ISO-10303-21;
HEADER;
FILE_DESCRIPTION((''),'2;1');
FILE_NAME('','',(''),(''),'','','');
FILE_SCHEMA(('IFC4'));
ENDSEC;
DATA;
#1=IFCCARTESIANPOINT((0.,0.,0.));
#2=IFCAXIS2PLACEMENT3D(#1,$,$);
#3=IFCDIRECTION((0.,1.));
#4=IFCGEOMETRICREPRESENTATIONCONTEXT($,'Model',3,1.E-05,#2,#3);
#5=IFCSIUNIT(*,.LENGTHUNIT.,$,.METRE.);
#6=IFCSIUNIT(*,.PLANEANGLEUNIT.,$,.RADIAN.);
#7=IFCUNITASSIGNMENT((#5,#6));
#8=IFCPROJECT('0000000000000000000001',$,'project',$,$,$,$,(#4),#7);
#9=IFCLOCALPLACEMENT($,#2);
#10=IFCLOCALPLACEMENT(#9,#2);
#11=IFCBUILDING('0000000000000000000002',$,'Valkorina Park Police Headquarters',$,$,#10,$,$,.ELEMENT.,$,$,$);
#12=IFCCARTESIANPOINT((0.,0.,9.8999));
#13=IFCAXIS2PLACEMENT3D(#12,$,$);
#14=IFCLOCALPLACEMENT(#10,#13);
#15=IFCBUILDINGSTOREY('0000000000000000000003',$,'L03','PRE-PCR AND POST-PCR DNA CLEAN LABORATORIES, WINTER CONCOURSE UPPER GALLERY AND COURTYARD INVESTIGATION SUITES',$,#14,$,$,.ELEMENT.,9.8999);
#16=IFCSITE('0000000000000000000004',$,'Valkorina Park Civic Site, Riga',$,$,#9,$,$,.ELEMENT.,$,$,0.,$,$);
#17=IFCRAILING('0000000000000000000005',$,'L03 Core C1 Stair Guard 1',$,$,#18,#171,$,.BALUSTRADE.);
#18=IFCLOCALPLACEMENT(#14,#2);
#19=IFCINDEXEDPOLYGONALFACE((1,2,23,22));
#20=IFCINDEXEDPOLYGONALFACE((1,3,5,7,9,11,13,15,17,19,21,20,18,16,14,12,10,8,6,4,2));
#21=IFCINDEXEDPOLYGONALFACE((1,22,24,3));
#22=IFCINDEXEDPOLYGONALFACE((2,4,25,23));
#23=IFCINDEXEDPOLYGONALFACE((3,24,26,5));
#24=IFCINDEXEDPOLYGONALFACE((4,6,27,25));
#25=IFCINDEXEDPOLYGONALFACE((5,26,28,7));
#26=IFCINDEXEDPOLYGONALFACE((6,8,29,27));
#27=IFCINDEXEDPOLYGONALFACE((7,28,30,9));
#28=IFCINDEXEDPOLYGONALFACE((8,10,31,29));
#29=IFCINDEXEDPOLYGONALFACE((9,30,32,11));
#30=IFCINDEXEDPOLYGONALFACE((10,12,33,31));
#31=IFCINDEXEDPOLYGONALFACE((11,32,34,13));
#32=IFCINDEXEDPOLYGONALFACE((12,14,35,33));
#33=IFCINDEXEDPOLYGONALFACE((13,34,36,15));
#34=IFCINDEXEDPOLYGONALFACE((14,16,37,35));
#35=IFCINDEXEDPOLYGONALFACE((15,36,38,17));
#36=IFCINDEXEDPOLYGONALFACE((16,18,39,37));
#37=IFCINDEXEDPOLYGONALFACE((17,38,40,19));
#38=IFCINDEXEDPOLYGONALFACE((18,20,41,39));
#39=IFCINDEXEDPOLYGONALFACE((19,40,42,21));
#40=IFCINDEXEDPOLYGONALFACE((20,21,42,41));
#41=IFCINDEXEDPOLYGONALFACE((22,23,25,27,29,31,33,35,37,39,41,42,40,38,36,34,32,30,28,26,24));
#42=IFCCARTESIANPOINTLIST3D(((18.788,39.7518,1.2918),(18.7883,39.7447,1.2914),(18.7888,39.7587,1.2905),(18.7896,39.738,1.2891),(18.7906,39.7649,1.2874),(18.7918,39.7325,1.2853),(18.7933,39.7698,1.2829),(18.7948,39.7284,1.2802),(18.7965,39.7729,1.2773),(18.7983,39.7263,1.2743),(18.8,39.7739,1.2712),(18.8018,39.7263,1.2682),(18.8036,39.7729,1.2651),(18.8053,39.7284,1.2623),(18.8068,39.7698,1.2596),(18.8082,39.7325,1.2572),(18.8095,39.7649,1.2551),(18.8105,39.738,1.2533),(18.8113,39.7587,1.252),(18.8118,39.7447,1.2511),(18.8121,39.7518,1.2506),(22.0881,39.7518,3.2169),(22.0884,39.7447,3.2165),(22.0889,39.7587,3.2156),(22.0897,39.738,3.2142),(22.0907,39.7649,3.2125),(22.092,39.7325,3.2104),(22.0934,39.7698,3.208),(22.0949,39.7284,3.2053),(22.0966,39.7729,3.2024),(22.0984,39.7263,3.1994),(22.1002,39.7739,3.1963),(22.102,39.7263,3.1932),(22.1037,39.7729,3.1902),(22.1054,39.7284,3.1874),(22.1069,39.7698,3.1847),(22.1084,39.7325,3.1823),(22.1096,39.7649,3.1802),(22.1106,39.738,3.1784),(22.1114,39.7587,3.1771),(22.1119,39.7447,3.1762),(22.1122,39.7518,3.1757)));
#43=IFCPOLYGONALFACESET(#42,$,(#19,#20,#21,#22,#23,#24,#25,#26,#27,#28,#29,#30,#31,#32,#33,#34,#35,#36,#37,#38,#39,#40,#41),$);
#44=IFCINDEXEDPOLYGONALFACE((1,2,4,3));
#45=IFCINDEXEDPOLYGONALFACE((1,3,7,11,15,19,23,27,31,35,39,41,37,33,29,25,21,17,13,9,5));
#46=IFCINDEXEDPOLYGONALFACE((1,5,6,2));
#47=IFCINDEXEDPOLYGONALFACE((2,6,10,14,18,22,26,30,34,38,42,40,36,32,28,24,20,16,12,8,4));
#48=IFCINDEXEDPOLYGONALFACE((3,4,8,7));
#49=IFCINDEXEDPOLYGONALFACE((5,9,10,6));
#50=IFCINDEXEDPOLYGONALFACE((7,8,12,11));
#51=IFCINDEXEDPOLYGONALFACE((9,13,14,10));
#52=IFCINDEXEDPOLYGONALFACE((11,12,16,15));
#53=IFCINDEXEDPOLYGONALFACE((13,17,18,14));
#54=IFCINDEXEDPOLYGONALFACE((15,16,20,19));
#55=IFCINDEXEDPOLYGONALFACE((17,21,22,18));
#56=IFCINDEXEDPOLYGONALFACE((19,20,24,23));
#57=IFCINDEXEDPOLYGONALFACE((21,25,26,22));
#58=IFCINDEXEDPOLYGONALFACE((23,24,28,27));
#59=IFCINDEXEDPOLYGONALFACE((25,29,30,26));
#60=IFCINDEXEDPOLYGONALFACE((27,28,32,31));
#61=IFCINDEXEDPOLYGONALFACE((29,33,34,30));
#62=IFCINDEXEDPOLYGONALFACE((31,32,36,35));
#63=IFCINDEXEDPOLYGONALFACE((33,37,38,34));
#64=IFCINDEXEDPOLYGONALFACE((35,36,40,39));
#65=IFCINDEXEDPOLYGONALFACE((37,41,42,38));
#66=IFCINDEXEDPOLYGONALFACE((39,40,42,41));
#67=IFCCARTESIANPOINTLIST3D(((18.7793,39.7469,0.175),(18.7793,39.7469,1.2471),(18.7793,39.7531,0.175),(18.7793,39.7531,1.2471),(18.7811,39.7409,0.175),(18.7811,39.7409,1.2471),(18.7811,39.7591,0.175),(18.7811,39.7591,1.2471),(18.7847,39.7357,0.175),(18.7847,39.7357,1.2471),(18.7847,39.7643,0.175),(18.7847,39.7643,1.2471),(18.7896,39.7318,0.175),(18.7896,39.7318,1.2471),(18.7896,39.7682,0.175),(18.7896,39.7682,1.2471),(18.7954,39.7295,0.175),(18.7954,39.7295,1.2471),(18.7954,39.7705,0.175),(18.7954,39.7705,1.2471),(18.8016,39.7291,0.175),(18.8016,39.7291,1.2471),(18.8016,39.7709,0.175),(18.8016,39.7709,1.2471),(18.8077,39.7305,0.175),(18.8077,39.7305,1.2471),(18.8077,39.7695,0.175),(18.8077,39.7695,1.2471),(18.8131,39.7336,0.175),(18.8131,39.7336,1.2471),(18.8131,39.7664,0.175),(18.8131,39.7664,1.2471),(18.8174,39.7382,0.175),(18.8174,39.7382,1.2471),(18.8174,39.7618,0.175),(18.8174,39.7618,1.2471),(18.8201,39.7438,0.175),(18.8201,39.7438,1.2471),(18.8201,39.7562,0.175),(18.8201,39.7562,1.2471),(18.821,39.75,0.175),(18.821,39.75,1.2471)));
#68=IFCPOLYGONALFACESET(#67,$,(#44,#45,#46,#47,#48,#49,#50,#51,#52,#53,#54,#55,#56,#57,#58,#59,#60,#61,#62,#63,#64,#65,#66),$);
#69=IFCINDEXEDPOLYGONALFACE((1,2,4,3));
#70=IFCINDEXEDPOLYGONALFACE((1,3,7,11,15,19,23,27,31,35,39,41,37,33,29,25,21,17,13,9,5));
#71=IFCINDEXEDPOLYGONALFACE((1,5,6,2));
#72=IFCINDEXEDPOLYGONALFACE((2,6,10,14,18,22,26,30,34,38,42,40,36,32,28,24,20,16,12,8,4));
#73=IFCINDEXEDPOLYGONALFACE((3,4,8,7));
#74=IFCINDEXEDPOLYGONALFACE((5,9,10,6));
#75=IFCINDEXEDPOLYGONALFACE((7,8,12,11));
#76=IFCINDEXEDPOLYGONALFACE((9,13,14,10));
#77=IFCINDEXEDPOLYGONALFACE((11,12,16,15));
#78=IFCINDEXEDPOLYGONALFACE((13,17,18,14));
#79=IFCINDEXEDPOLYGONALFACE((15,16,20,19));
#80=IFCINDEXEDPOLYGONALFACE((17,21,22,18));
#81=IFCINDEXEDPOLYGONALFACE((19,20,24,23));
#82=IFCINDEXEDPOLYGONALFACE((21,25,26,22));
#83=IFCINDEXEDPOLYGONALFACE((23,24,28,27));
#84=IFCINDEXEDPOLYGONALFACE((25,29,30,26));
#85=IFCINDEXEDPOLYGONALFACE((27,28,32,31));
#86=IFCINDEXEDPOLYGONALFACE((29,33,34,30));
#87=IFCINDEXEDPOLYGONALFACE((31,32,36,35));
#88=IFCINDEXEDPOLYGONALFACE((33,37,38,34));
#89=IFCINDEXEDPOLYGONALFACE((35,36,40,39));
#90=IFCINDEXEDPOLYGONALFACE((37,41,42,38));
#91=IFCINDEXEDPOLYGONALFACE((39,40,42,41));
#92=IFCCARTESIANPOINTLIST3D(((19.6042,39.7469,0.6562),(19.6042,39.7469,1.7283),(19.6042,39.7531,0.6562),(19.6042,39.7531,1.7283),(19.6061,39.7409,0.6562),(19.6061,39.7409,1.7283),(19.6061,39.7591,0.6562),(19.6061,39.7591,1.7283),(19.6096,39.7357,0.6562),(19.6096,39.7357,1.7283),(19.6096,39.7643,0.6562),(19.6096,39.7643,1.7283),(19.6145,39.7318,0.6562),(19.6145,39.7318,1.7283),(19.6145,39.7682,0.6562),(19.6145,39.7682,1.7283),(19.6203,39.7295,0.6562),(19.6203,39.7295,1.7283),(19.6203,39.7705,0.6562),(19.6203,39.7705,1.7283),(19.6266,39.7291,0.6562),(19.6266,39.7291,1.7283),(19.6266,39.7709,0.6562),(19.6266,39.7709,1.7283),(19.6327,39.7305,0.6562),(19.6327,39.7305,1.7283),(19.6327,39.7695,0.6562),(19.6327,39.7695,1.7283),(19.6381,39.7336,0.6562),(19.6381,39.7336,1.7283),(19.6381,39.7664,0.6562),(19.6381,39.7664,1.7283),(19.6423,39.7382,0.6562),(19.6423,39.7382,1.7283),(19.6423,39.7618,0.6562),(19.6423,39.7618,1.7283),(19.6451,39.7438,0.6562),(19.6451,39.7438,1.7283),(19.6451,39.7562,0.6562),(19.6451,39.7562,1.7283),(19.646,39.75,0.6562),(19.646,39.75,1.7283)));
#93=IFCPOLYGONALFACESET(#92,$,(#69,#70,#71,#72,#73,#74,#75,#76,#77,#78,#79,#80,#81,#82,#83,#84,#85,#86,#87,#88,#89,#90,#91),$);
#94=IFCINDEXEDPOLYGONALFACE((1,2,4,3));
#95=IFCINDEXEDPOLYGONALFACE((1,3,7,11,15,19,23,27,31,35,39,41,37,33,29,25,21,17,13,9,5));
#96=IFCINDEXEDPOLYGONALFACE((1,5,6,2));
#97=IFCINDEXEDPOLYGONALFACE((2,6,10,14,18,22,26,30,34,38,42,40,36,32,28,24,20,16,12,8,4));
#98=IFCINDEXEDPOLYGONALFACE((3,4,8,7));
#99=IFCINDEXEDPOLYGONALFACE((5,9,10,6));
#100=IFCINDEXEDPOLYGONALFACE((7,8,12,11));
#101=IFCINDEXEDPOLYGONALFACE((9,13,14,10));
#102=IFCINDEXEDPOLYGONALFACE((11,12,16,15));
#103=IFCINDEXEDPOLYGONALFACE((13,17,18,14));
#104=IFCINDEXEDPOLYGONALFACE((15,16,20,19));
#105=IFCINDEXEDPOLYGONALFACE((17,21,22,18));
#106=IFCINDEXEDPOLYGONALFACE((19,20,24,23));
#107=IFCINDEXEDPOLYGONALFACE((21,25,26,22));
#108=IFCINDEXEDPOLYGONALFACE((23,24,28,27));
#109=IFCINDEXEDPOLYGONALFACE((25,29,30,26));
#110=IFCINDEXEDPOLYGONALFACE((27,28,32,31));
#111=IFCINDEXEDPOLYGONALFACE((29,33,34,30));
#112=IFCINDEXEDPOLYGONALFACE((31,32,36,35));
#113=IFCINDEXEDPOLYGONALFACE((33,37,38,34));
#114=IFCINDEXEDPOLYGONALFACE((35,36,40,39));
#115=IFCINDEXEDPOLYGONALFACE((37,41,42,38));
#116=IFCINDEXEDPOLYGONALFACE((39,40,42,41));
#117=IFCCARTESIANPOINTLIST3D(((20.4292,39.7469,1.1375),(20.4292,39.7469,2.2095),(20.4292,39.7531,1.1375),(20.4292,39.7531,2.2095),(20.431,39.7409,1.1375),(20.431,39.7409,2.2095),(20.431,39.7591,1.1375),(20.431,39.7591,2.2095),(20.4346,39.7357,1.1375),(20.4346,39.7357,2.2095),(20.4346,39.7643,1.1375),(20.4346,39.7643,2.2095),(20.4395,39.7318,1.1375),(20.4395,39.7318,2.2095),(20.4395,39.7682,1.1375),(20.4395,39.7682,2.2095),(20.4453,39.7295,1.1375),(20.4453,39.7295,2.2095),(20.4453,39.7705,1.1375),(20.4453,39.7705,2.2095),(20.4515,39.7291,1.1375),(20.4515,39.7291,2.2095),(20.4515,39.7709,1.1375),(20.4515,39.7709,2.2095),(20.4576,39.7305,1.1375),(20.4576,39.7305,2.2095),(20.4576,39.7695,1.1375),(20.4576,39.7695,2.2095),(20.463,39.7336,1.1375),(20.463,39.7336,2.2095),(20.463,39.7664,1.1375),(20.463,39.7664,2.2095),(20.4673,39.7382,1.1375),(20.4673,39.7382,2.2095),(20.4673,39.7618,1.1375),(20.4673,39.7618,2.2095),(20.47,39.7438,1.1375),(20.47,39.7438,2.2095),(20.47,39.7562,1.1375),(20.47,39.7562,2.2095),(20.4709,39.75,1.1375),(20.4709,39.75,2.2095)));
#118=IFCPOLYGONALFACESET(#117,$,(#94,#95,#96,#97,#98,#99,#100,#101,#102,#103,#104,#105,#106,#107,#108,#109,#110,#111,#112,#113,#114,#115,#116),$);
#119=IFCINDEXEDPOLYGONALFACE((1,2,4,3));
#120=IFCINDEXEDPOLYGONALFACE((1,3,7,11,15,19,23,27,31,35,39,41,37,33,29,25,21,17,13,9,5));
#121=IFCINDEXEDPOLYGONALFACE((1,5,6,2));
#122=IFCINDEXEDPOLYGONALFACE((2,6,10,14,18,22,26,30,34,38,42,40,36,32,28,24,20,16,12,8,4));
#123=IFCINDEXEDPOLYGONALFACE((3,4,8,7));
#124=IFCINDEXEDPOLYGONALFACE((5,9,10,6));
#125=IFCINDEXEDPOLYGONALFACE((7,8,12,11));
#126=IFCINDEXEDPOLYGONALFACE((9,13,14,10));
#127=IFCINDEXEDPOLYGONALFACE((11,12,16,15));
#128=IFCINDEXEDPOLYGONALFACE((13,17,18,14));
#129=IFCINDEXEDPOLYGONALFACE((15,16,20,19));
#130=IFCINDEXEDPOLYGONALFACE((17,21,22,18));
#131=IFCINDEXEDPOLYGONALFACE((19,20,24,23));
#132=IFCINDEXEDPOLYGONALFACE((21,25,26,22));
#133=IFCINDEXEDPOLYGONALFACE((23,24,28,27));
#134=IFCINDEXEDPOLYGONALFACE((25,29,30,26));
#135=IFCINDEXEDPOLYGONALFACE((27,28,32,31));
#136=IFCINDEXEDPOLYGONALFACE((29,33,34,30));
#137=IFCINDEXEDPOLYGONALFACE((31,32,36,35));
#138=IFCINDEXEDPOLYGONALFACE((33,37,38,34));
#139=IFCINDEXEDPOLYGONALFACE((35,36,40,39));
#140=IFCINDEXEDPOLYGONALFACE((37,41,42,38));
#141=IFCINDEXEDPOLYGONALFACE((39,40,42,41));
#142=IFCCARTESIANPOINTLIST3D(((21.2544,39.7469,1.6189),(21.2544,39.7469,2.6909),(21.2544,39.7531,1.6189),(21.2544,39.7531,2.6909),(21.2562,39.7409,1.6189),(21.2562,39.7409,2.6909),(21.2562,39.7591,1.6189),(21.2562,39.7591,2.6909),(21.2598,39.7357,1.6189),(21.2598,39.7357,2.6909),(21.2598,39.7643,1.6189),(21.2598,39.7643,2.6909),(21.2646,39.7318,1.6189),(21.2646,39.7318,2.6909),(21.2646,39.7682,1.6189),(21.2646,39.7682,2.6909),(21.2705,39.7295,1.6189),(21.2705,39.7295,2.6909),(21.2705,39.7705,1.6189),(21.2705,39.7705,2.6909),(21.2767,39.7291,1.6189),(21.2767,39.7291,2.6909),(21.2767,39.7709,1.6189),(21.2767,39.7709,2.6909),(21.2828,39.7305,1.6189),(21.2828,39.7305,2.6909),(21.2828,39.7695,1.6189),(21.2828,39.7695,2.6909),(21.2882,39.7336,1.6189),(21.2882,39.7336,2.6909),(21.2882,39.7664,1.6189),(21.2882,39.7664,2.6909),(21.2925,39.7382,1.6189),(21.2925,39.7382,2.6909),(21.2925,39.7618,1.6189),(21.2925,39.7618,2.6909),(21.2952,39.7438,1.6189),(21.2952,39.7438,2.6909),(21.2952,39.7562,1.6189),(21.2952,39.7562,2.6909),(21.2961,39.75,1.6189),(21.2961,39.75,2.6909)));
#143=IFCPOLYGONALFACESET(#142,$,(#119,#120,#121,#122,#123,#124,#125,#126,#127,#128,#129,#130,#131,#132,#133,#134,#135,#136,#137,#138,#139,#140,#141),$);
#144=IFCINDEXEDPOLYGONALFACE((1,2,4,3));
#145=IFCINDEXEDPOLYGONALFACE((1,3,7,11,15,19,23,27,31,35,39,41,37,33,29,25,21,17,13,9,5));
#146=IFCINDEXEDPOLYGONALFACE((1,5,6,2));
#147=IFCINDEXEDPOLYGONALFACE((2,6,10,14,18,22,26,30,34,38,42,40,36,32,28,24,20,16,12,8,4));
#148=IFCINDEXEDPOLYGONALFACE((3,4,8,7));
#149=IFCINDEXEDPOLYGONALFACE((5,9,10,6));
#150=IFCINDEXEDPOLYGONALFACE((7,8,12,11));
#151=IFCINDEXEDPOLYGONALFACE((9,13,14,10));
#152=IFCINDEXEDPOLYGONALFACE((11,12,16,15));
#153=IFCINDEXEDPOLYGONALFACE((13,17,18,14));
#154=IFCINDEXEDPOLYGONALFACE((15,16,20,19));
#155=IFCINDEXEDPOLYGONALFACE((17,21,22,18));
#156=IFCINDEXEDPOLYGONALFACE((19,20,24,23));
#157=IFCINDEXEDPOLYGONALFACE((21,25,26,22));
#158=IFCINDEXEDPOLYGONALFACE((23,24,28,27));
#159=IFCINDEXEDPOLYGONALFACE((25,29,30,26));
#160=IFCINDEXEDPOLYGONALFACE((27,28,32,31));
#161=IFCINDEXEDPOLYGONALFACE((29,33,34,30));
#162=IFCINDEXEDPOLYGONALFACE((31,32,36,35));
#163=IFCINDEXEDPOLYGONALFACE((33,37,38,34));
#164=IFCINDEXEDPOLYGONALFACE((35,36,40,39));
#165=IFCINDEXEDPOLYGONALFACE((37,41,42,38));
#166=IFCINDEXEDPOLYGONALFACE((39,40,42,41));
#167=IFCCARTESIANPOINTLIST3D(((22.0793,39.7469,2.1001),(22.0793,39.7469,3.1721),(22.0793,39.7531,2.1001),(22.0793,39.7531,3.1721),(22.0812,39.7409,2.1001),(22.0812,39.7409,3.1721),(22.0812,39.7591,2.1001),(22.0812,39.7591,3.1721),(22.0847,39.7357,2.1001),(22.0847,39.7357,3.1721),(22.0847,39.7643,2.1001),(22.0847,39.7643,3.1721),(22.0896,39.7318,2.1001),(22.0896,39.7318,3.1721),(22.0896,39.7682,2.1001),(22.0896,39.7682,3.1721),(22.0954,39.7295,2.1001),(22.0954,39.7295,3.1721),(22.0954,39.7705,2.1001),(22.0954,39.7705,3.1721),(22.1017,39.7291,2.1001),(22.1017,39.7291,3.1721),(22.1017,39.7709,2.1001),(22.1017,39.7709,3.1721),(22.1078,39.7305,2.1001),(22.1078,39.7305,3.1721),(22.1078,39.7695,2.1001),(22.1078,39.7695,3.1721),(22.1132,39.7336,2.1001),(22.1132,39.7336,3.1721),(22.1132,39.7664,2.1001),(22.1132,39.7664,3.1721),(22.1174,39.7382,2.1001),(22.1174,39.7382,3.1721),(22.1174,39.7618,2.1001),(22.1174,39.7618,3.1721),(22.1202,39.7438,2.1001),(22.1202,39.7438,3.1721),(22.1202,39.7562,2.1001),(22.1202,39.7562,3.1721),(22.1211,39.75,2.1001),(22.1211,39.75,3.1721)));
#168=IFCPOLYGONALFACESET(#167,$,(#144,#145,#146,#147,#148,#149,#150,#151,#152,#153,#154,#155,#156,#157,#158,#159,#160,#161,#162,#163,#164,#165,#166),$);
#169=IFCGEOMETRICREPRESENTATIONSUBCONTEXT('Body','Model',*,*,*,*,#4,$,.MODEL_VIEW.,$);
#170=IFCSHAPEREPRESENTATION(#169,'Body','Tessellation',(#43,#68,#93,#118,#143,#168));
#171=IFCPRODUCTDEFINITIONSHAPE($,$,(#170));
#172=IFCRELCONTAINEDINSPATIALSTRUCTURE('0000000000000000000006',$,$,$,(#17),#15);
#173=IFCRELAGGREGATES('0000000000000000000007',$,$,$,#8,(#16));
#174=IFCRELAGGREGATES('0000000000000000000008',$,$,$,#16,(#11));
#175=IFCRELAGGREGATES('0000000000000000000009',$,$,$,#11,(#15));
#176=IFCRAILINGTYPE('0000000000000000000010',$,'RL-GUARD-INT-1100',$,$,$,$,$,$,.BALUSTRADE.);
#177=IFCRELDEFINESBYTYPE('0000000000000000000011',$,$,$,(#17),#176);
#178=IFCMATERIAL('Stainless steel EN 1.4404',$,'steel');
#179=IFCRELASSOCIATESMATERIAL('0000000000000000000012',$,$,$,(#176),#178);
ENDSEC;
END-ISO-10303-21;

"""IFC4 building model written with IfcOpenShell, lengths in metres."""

from ifc_helpers import new_model, si_unit, direction, frame, origin, origin_2d, place, context, subcontext, project, spatial, circle, extrude, material, type_object, element, save


model = new_model("IFC4")

# Units and contexts
model_context = context("Model", 3, precision=1e-05, world=origin(), true_north=direction((0.0, 1.0)))
body_context = subcontext(model_context, "Body", "Model", "MODEL_VIEW")
ifc_project = project(units=[si_unit("LENGTHUNIT", "METRE"), si_unit("PLANEANGLEUNIT", "RADIAN")], contexts=[model_context])

# Site, building, storey
site_placement = place(None, origin())
site = spatial("IfcSite", under=ifc_project, at=site_placement, Name="Valkorina Park Civic Site, Riga", CompositionType="ELEMENT", RefElevation=0.0)
building_placement = place(site_placement, origin())
building = spatial("IfcBuilding", under=site, at=building_placement, Name="Valkorina Park Police Headquarters", CompositionType="ELEMENT")
storey_placement = place(building_placement, frame((0.0, 0.0, 9.8999)))
storey = spatial("IfcBuildingStorey", under=building, at=storey_placement, Name="L03", Description="PRE-PCR AND POST-PCR DNA CLEAN LABORATORIES, WINTER CONCOURSE UPPER GALLERY AND COURTYARD INVESTIGATION SUITES", CompositionType="ELEMENT", Elevation=9.8999)

# Railing
ifc_material_1 = material(Name="Stainless steel EN 1.4404", Category="steel")
railing_type_1 = type_object("IfcRailingType", Name="RL-GUARD-INT-1100", PredefinedType="BALUSTRADE", material=ifc_material_1)
railing_1_placement = place(storey_placement, frame((18.8, 39.75, 0.175)))
element("IfcRailing", 1, at=railing_1_placement, inside=storey, type_object=railing_type_1, Name="L03 Core C1 Stair Guard 1", PredefinedType="BALUSTRADE", context=body_context, shape_type="SweptSolid", body=[
    extrude(circle(Radius=0.0239, at=origin_2d()), frame((0.0, 0.0, 1.0962), z_axis=(0.863777, 0.0, 0.503875), x_axis=(0.0, 1.0, 0.0)), (0.0, 0.0, 1.0), 3.8206),
    extrude(circle(Radius=0.021, at=origin_2d()), origin(), (0.0, 0.0, 1.0), 1.072),
    extrude(circle(Radius=0.021, at=origin_2d()), frame((0.825, 0.0, 0.4812)), (0.0, 0.0, 1.0), 1.072),
    extrude(circle(Radius=0.021, at=origin_2d()), frame((1.6499, 0.0, 0.9624)), (0.0, 0.0, 1.0), 1.072),
    extrude(circle(Radius=0.021, at=origin_2d()), frame((2.4751, 0.0, 1.4438)), (0.0, 0.0, 1.0), 1.072),
    extrude(circle(Radius=0.021, at=origin_2d()), frame((3.3, 0.0, 1.925)), (0.0, 0.0, 1.0), 1.072),
])

save(model, "model.ifc")
